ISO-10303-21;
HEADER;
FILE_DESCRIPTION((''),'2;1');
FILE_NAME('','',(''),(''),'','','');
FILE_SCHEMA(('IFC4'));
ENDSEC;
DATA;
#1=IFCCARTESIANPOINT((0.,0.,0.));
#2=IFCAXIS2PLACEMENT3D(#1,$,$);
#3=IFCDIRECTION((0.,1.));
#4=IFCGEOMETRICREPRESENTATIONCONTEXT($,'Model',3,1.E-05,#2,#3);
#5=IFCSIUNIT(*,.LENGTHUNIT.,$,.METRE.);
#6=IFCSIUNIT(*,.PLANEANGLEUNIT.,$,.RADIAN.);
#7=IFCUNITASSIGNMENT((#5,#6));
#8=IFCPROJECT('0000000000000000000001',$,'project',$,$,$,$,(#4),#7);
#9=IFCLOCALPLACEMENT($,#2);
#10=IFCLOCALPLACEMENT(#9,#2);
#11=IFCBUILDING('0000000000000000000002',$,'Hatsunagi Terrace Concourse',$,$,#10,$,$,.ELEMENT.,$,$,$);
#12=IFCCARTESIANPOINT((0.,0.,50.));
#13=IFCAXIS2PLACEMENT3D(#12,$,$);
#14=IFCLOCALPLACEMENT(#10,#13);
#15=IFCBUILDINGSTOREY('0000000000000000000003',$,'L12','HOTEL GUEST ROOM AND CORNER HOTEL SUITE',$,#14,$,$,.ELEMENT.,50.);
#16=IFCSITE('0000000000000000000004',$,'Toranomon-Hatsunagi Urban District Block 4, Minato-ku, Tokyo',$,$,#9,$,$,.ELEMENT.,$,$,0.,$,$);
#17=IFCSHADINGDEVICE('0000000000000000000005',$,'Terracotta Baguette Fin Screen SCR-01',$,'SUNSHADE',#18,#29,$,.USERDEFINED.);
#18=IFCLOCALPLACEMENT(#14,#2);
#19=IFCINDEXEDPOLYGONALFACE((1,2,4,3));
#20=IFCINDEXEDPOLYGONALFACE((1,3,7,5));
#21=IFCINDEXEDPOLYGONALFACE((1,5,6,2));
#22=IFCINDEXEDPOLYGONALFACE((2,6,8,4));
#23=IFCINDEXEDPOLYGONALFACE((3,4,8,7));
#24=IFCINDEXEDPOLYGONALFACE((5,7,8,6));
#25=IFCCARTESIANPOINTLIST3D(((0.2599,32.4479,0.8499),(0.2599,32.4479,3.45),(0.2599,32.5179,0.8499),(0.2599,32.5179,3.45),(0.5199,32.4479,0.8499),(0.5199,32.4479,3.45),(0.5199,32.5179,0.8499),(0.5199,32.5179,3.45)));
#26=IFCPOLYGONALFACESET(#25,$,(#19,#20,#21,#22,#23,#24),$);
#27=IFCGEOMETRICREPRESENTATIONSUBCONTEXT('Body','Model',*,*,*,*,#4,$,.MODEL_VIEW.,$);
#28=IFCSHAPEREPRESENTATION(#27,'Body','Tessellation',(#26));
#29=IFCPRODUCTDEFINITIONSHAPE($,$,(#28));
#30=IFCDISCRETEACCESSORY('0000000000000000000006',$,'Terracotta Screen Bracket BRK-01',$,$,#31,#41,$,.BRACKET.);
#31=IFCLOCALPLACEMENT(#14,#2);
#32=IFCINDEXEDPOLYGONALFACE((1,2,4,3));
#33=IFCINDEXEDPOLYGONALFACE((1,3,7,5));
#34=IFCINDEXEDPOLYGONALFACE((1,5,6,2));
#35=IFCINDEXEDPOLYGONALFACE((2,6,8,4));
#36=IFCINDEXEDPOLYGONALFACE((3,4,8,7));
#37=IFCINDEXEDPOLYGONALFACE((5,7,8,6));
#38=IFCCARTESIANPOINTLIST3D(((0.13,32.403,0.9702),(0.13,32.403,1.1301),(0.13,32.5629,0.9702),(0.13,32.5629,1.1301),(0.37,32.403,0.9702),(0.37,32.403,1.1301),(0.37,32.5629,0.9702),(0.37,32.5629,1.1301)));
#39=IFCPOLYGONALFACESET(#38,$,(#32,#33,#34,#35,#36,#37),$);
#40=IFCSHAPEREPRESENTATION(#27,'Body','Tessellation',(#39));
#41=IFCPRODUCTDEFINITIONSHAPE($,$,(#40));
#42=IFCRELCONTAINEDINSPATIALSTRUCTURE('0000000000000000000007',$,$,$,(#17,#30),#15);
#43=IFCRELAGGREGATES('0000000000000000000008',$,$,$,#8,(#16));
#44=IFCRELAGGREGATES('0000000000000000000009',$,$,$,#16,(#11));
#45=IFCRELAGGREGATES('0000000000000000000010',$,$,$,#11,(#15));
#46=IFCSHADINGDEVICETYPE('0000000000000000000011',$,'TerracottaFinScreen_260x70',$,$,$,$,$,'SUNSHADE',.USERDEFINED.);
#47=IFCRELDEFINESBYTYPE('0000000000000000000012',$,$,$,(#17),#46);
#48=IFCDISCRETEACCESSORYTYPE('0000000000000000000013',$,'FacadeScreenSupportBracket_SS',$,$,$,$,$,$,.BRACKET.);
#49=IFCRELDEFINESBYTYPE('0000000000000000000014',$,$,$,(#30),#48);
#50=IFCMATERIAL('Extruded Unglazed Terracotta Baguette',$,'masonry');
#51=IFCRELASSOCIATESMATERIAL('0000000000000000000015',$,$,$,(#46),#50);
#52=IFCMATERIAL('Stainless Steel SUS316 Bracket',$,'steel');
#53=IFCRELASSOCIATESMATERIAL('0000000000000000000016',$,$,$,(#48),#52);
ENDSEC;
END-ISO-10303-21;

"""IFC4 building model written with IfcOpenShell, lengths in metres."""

from ifc_helpers import new_model, si_unit, direction, frame, origin, origin_2d, place, context, subcontext, project, spatial, rectangle, extrude, material, type_object, element, save


model = new_model("IFC4")

# Units and contexts
model_context = context("Model", 3, precision=1e-05, world=origin(), true_north=direction((0.0, 1.0)))
body_context = subcontext(model_context, "Body", "Model", "MODEL_VIEW")
ifc_project = project(units=[si_unit("LENGTHUNIT", "METRE"), si_unit("PLANEANGLEUNIT", "RADIAN")], contexts=[model_context])

# Site, building, storey
site_placement = place(None, origin())
site = spatial("IfcSite", under=ifc_project, at=site_placement, Name="Toranomon-Hatsunagi Urban District Block 4, Minato-ku, Tokyo", CompositionType="ELEMENT", RefElevation=0.0)
building_placement = place(site_placement, origin())
building = spatial("IfcBuilding", under=site, at=building_placement, Name="Hatsunagi Terrace Concourse", CompositionType="ELEMENT")
storey_placement = place(building_placement, frame((0.0, 0.0, 50.0)))
storey = spatial("IfcBuildingStorey", under=building, at=storey_placement, Name="L12", Description="HOTEL GUEST ROOM AND CORNER HOTEL SUITE", CompositionType="ELEMENT", Elevation=50.0)

# Shading device
ifc_material_1 = material(Name="Extruded Unglazed Terracotta Baguette", Category="masonry")
shading_device_type = type_object("IfcShadingDeviceType", Name="TerracottaFinScreen_260x70", ElementType="SUNSHADE", PredefinedType="USERDEFINED", material=ifc_material_1)
shading_device_placement = place(storey_placement, frame((0.3899, 32.4829, 0.8499), z_axis=(0.0, 0.0, 1.0), x_axis=(0.0, 1.0, 0.0)))
element("IfcShadingDevice", 1, at=shading_device_placement, inside=storey, type_object=shading_device_type, Name="Terracotta Baguette Fin Screen SCR-01", ObjectType="SUNSHADE", PredefinedType="USERDEFINED", context=body_context, shape_type="SweptSolid", body=[
    extrude(rectangle(XDim=0.0701, YDim=0.26, at=origin_2d()), origin(), (0.0, 0.0, 1.0), 2.6001),
])

# Discrete accessory
ifc_material_2 = material(Name="Stainless Steel SUS316 Bracket", Category="steel")
discrete_accessory_type = type_object("IfcDiscreteAccessoryType", Name="FacadeScreenSupportBracket_SS", PredefinedType="BRACKET", material=ifc_material_2)
discrete_accessory_placement = place(storey_placement, frame((0.25, 32.4829, 0.9702), z_axis=(0.0, 0.0, 1.0), x_axis=(0.0, 1.0, 0.0)))
element("IfcDiscreteAccessory", 2, at=discrete_accessory_placement, inside=storey, type_object=discrete_accessory_type, Name="Terracotta Screen Bracket BRK-01", PredefinedType="BRACKET", context=body_context, shape_type="SweptSolid", body=[
    extrude(rectangle(XDim=0.1599, YDim=0.24, at=origin_2d()), origin(), (0.0, 0.0, 1.0), 0.1599),
])

save(model, "model.ifc")
